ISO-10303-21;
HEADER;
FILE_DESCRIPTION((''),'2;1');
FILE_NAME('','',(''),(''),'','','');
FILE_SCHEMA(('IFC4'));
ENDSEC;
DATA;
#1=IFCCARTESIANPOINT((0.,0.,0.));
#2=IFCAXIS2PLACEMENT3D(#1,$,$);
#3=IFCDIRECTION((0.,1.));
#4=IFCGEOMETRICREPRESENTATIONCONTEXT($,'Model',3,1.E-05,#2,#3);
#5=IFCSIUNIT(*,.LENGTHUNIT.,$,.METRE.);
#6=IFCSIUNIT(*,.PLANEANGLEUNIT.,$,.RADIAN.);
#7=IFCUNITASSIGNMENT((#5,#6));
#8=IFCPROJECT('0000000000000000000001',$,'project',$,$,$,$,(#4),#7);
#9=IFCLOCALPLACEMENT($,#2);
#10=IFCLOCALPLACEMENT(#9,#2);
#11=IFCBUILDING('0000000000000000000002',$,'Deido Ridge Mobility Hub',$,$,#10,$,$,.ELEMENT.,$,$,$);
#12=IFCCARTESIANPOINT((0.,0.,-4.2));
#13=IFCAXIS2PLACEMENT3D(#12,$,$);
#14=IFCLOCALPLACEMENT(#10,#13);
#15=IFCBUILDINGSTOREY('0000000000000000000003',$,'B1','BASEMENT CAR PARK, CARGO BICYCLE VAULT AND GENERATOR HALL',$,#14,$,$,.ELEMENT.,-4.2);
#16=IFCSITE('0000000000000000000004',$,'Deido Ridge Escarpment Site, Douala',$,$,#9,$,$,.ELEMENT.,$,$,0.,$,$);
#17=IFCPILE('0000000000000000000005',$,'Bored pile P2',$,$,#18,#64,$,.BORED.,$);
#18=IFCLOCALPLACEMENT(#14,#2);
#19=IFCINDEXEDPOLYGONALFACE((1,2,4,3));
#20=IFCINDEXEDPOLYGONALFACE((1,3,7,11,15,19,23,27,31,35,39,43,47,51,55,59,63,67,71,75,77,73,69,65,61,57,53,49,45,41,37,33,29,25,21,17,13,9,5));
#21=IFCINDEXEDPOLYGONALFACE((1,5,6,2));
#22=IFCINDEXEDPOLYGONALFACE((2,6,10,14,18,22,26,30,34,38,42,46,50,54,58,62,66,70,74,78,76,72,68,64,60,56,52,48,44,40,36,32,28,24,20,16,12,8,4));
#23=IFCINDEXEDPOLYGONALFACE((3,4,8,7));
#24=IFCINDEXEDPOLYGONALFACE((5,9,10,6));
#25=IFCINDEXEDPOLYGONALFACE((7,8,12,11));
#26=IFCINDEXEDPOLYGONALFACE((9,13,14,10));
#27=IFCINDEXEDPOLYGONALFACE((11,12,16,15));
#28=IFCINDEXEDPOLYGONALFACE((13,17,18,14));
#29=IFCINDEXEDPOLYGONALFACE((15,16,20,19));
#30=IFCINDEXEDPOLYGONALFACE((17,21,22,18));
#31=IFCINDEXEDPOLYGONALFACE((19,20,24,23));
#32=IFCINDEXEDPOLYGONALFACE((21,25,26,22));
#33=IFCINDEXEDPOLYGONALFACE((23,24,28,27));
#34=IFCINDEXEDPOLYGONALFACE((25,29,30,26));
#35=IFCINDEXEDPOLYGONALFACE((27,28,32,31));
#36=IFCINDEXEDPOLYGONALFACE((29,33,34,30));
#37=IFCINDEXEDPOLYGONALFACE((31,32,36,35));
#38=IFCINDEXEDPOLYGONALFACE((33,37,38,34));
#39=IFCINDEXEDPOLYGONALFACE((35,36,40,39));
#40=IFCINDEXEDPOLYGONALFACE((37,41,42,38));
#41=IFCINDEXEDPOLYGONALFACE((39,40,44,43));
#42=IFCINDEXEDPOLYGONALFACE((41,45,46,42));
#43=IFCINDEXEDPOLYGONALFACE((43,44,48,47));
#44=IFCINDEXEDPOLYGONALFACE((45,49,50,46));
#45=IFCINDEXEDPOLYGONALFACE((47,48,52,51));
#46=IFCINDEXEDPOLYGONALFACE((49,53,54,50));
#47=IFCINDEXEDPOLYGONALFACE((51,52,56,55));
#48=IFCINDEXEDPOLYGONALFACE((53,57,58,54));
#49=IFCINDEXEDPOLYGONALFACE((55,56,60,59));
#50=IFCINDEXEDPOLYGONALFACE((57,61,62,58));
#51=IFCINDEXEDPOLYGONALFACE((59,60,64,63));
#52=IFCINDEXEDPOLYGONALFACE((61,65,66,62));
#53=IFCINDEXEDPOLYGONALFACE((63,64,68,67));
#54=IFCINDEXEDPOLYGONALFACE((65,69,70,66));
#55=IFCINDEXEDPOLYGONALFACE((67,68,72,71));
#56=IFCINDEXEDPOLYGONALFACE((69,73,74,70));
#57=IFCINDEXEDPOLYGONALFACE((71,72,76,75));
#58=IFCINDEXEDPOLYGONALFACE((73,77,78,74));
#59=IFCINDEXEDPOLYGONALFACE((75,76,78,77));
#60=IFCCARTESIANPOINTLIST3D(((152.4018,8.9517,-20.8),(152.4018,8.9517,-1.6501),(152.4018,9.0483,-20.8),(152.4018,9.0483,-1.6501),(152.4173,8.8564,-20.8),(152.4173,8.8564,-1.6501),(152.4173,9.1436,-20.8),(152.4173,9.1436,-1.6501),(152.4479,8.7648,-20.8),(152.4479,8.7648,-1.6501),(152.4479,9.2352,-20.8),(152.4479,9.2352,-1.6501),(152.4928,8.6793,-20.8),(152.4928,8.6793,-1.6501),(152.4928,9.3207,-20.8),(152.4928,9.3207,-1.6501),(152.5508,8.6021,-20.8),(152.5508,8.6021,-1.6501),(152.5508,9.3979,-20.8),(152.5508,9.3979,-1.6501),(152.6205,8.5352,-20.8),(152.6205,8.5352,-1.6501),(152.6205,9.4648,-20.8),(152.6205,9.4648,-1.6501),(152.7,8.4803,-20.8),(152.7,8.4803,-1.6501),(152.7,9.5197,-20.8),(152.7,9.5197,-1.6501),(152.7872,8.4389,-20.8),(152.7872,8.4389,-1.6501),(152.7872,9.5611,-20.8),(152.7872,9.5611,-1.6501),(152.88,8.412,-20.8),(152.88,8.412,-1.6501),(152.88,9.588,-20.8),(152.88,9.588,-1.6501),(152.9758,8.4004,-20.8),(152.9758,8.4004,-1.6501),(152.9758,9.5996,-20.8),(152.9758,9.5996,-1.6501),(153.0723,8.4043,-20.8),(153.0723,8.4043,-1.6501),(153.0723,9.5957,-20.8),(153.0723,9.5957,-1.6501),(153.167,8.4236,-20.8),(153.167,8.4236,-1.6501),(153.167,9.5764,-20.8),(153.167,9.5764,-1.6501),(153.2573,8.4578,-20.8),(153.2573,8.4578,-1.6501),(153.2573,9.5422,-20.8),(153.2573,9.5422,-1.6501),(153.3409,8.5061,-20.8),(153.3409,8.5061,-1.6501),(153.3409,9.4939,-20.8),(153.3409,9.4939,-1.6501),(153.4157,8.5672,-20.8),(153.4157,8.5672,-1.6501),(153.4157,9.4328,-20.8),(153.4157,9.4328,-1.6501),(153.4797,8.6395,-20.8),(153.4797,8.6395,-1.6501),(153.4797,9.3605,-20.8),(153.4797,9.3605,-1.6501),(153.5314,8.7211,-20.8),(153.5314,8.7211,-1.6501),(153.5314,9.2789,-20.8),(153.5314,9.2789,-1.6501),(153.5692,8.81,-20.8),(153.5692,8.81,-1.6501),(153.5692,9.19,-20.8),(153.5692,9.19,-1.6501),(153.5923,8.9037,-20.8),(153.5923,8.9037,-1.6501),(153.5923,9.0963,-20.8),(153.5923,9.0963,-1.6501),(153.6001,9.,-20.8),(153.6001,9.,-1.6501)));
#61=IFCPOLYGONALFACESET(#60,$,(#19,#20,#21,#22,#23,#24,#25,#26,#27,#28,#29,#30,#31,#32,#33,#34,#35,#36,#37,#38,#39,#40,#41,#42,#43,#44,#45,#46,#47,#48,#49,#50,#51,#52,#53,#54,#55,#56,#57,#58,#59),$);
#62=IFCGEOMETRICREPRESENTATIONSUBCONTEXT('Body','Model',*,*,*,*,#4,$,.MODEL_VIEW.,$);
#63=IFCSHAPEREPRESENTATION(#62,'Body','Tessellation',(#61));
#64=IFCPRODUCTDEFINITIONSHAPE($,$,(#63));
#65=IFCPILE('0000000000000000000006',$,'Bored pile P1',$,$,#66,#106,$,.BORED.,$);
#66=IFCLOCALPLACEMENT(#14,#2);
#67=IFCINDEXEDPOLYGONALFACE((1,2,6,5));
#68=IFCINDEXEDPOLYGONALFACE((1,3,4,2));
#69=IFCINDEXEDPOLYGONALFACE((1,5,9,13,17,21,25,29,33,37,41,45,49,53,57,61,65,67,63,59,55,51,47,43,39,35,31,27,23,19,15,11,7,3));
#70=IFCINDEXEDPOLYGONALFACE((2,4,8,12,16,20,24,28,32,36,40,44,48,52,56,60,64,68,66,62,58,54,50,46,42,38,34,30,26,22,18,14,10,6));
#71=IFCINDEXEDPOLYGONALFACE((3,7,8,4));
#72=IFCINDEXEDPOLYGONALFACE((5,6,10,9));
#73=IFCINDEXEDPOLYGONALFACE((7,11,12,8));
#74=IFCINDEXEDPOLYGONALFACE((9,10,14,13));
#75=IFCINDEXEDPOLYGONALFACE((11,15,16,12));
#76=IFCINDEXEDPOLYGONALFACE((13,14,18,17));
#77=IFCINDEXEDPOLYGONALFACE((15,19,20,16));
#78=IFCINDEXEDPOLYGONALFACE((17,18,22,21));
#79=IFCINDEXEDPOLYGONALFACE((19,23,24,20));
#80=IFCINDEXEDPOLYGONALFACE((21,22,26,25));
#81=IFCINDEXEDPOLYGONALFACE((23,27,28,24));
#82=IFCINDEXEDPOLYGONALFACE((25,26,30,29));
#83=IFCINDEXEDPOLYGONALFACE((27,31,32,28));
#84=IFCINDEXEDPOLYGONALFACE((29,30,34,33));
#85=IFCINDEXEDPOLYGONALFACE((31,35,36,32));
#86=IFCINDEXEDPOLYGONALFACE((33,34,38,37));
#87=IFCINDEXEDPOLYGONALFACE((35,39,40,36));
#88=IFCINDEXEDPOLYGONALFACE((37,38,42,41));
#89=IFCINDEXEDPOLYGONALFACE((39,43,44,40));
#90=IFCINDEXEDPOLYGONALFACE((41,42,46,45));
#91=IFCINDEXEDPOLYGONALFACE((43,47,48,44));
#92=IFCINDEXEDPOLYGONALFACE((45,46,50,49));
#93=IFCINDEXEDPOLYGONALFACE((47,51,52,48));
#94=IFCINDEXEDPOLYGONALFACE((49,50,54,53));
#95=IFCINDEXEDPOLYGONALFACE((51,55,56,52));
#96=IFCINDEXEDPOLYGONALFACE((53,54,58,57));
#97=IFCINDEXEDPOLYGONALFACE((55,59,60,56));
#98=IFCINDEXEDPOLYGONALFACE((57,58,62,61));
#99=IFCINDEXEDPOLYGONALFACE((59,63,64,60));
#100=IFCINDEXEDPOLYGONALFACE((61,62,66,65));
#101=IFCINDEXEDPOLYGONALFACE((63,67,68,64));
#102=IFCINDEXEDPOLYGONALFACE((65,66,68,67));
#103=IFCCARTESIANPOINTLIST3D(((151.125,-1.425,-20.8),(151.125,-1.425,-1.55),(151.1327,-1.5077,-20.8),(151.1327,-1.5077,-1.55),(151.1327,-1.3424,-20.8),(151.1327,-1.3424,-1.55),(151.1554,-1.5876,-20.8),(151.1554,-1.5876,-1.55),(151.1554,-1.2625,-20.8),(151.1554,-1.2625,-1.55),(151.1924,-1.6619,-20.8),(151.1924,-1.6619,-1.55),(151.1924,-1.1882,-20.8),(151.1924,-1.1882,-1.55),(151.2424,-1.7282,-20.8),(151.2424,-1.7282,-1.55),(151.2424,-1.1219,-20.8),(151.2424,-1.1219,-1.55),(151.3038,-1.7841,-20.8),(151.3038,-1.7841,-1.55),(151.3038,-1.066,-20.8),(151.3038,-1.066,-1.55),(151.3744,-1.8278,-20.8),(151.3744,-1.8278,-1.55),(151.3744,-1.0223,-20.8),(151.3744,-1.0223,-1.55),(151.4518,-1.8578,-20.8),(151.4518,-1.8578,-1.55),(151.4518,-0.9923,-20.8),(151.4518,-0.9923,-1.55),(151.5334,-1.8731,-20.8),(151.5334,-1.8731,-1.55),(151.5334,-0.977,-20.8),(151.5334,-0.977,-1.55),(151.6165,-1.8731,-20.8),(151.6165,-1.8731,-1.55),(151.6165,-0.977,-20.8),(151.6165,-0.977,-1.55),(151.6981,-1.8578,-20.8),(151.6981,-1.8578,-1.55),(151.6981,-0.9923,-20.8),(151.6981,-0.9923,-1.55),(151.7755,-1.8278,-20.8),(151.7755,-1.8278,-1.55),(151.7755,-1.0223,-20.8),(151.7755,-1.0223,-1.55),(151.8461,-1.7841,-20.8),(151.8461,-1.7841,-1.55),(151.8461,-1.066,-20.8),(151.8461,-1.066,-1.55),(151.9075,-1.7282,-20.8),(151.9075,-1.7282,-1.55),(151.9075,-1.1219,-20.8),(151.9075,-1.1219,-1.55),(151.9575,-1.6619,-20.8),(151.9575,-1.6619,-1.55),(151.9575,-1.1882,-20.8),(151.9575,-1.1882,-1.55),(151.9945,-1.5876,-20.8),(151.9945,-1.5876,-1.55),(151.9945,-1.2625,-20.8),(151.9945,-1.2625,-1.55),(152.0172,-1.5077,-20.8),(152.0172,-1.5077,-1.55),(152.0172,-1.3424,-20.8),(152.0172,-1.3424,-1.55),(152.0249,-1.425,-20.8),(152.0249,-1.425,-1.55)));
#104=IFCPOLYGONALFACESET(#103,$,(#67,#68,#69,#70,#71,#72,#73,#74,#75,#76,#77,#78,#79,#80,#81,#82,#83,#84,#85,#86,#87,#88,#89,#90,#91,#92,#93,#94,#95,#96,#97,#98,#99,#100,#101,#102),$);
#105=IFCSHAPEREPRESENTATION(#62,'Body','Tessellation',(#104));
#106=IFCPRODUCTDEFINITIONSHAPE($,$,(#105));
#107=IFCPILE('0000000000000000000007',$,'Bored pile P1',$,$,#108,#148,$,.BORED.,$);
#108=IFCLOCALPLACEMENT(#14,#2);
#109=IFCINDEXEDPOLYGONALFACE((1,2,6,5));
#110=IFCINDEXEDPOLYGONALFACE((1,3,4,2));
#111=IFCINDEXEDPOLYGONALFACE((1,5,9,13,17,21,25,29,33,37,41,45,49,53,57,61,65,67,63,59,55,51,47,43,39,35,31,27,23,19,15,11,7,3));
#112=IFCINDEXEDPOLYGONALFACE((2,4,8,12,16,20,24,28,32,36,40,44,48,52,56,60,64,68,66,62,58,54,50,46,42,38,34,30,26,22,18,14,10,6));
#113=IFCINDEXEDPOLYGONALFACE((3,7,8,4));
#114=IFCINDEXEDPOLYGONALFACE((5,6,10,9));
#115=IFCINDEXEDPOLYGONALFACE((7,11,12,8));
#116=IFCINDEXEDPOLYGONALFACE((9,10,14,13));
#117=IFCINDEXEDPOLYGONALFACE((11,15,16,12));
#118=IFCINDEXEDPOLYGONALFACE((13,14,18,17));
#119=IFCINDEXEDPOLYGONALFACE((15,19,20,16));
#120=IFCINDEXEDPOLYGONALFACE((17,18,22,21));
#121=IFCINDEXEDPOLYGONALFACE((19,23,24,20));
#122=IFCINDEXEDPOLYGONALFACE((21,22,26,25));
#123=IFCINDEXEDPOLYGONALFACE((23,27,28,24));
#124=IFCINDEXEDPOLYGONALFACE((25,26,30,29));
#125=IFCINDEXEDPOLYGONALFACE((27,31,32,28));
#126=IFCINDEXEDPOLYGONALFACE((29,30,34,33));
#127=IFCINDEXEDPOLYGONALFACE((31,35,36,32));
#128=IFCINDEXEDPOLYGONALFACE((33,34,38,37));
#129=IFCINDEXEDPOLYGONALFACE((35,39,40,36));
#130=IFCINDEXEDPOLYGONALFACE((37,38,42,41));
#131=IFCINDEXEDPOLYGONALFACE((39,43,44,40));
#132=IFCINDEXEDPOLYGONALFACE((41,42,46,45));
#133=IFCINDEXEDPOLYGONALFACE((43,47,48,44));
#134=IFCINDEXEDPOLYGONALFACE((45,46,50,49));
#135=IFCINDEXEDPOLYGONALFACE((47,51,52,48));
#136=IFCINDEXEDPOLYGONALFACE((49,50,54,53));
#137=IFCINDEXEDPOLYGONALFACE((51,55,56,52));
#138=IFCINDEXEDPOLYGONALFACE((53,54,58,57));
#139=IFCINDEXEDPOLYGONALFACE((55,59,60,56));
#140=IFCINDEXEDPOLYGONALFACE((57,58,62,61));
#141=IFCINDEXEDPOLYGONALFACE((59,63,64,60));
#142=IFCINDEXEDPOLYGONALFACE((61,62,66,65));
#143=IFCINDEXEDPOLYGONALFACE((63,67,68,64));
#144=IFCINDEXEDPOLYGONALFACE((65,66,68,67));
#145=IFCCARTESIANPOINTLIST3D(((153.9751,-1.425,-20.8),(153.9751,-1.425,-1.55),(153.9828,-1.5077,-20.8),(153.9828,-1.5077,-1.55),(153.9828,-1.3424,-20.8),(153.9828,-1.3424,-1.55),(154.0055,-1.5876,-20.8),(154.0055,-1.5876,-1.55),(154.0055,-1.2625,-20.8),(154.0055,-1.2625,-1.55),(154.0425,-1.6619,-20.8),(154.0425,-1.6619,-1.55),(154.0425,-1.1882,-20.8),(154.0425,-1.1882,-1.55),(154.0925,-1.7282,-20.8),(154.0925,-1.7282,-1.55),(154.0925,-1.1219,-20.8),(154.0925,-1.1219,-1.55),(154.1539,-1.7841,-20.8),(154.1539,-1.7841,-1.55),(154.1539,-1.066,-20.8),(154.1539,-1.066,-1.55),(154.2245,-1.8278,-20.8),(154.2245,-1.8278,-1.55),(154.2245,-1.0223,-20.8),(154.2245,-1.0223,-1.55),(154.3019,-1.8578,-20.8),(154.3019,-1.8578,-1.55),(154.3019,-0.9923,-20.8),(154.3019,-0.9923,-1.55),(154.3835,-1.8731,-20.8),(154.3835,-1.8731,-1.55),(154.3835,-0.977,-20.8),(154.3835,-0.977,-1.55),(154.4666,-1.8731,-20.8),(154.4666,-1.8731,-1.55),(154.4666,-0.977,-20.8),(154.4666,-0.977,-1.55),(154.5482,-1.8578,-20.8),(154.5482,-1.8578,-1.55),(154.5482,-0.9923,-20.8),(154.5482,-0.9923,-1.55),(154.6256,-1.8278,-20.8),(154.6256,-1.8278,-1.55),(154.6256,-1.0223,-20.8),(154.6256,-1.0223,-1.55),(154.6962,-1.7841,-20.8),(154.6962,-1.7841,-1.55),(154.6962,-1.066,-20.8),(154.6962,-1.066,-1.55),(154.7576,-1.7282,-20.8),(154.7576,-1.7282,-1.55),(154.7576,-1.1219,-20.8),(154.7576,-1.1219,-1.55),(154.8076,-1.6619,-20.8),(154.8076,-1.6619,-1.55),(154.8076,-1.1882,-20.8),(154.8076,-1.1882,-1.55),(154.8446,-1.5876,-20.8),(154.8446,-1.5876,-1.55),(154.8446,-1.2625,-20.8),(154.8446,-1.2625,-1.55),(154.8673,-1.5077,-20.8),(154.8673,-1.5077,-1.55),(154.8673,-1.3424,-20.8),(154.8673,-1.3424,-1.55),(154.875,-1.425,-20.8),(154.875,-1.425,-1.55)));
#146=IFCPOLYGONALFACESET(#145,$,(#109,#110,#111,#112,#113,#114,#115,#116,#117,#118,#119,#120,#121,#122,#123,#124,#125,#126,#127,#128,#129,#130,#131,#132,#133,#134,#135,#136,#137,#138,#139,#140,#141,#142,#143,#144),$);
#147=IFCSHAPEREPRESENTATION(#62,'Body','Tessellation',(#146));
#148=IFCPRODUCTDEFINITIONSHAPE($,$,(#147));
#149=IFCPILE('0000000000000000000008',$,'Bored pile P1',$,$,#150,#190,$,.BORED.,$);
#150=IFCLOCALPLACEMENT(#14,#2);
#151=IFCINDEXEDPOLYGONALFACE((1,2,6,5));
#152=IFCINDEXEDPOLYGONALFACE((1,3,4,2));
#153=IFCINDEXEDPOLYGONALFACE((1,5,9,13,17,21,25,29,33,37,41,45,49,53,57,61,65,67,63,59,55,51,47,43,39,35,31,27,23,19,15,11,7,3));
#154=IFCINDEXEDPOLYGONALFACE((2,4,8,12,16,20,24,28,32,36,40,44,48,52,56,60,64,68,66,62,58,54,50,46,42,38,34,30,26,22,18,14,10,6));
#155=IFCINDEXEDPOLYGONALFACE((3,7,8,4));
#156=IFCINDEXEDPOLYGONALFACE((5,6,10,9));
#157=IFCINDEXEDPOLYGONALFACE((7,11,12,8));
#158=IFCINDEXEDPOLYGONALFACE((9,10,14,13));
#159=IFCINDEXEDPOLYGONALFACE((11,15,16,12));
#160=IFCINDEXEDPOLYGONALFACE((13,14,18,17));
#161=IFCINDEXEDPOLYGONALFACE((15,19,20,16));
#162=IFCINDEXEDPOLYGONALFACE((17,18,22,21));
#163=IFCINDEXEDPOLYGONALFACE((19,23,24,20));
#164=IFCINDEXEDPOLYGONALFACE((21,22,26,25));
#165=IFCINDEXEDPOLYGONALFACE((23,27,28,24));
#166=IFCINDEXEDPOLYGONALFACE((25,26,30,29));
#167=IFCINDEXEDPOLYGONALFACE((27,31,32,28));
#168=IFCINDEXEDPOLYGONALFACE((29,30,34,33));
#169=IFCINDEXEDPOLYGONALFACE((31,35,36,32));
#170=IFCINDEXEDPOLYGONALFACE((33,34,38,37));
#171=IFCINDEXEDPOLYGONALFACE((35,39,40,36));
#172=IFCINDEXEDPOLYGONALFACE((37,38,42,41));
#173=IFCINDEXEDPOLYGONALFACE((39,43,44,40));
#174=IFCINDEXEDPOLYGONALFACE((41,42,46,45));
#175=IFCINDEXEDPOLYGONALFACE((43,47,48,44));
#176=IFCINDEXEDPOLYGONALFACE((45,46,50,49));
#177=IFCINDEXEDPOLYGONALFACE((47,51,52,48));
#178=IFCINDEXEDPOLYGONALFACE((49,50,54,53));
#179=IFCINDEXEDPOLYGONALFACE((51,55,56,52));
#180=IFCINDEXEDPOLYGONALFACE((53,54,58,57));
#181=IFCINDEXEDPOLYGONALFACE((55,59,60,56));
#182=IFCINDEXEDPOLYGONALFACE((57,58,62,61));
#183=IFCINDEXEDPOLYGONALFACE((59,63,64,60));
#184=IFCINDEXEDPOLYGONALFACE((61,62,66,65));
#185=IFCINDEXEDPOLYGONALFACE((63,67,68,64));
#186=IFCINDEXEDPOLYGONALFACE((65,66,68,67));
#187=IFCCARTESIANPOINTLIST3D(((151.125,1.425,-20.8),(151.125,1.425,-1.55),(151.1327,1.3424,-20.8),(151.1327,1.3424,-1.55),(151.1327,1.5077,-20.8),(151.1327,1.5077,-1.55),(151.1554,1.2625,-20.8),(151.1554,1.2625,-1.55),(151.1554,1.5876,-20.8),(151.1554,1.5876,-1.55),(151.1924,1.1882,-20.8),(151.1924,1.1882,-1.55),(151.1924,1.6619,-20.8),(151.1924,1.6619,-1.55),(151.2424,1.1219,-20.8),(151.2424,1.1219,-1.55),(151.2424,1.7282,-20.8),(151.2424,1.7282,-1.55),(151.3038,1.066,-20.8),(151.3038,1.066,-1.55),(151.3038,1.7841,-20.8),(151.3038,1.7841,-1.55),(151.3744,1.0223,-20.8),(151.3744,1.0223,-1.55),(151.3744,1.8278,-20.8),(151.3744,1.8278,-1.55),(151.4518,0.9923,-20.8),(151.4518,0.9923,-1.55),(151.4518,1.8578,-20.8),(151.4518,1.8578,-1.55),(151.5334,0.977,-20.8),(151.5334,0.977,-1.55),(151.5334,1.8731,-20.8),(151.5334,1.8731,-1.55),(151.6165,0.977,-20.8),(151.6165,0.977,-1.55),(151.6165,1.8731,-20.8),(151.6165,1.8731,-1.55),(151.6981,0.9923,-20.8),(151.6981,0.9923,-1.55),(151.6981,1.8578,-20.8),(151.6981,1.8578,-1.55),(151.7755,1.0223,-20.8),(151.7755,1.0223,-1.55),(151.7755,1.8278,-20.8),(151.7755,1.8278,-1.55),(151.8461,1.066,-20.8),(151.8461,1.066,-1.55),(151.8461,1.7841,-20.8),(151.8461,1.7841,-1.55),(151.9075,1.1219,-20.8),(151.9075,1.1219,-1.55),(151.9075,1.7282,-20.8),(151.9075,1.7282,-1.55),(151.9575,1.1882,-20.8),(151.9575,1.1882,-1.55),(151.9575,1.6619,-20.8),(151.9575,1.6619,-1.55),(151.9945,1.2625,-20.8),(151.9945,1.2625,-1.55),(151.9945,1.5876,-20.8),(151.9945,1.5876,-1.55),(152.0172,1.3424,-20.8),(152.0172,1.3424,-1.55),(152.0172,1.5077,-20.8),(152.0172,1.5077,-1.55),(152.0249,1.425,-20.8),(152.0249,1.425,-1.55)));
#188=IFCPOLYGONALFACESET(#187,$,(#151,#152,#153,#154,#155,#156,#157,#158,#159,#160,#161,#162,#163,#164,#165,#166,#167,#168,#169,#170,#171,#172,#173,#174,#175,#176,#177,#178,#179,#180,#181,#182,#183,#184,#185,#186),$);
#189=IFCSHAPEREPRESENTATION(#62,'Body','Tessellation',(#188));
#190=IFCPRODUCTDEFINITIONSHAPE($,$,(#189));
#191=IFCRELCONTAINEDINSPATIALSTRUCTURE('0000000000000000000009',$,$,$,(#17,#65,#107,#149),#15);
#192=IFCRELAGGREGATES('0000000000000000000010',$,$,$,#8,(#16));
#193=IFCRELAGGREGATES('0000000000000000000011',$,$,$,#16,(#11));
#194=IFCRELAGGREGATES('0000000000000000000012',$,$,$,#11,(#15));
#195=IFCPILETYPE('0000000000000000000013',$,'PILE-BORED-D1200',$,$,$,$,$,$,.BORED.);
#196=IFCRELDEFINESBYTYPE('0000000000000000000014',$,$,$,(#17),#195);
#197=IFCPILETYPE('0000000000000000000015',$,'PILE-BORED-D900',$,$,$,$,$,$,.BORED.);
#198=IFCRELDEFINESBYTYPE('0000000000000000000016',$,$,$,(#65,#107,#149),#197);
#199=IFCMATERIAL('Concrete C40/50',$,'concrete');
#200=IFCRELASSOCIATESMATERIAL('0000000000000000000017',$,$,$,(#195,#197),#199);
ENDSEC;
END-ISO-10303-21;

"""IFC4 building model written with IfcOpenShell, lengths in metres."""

from ifc_helpers import new_model, si_unit, direction, frame, origin, origin_2d, place, context, subcontext, project, spatial, circle, extrude, material, material_profile, profile_set, type_object, element, save


model = new_model("IFC4")

# Units and contexts
model_context = context("Model", 3, precision=1e-05, world=origin(), true_north=direction((0.0, 1.0)))
body_context = subcontext(model_context, "Body", "Model", "MODEL_VIEW")
ifc_project = project(units=[si_unit("LENGTHUNIT", "METRE"), si_unit("PLANEANGLEUNIT", "RADIAN")], contexts=[model_context])

# Site, building, storey
site_placement = place(None, origin())
site = spatial("IfcSite", under=ifc_project, at=site_placement, Name="Deido Ridge Escarpment Site, Douala", CompositionType="ELEMENT", RefElevation=0.0)
building_placement = place(site_placement, origin())
building = spatial("IfcBuilding", under=site, at=building_placement, Name="Deido Ridge Mobility Hub", CompositionType="ELEMENT")
storey_placement = place(building_placement, frame((0.0, 0.0, -4.2)))
storey = spatial("IfcBuildingStorey", under=building, at=storey_placement, Name="B1", Description="BASEMENT CAR PARK, CARGO BICYCLE VAULT AND GENERATOR HALL", CompositionType="ELEMENT", Elevation=-4.2)

# Shared definitions
ifc_material_1 = material(Name="Concrete C40/50", Category="concrete")

# Piles
ifc_material_profile_1 = material_profile(ifc_material_1, circle(Radius=0.6001, at=origin_2d()), Name="BORED PILE D1200")
ifc_profile_set_1 = profile_set([ifc_material_profile_1], Name="Concrete C40/50")
pile_type_1 = type_object("IfcPileType", Name="PILE-BORED-D1200", PredefinedType="BORED", material=ifc_profile_set_1)
for number, where, z_axis, x_axis, name in (
    (1, (153.0, 9.0, -1.6501), (0.0, 0.0, -1.0), (1.0, 0.0, 0.0), "Bored pile P2"),
):
    element("IfcPile", number, at=place(storey_placement, frame(where, z_axis=z_axis, x_axis=x_axis)), inside=storey, type_object=pile_type_1, Name=name, PredefinedType="BORED", context=body_context, shape_type="SweptSolid", body=[
        extrude(circle(Radius=0.6001, at=origin_2d()), origin(), (0.0, 0.0, 1.0), 19.1499),
    ])
ifc_material_profile_2 = material_profile(ifc_material_1, circle(Radius=0.45, at=origin_2d()), Name="BORED PILE D900")
ifc_profile_set_2 = profile_set([ifc_material_profile_2], Name="Concrete C40/50")
pile_type_2 = type_object("IfcPileType", Name="PILE-BORED-D900", PredefinedType="BORED", material=ifc_profile_set_2)
for number, where, z_axis, x_axis, name in (
    (2, (151.575, -1.425, -1.55), (0.0, 0.0, -1.0), (1.0, 0.0, 0.0), "Bored pile P1"),
    (3, (154.425, -1.425, -1.55), (0.0, 0.0, -1.0), (1.0, 0.0, 0.0), "Bored pile P1"),
    (4, (151.575, 1.425, -1.55), (0.0, 0.0, -1.0), (1.0, 0.0, 0.0), "Bored pile P1"),
):
    element("IfcPile", number, at=place(storey_placement, frame(where, z_axis=z_axis, x_axis=x_axis)), inside=storey, type_object=pile_type_2, Name=name, PredefinedType="BORED", context=body_context, shape_type="SweptSolid", body=[
        extrude(circle(Radius=0.45, at=origin_2d()), origin(), (0.0, 0.0, 1.0), 19.25),
    ])

save(model, "model.ifc")
